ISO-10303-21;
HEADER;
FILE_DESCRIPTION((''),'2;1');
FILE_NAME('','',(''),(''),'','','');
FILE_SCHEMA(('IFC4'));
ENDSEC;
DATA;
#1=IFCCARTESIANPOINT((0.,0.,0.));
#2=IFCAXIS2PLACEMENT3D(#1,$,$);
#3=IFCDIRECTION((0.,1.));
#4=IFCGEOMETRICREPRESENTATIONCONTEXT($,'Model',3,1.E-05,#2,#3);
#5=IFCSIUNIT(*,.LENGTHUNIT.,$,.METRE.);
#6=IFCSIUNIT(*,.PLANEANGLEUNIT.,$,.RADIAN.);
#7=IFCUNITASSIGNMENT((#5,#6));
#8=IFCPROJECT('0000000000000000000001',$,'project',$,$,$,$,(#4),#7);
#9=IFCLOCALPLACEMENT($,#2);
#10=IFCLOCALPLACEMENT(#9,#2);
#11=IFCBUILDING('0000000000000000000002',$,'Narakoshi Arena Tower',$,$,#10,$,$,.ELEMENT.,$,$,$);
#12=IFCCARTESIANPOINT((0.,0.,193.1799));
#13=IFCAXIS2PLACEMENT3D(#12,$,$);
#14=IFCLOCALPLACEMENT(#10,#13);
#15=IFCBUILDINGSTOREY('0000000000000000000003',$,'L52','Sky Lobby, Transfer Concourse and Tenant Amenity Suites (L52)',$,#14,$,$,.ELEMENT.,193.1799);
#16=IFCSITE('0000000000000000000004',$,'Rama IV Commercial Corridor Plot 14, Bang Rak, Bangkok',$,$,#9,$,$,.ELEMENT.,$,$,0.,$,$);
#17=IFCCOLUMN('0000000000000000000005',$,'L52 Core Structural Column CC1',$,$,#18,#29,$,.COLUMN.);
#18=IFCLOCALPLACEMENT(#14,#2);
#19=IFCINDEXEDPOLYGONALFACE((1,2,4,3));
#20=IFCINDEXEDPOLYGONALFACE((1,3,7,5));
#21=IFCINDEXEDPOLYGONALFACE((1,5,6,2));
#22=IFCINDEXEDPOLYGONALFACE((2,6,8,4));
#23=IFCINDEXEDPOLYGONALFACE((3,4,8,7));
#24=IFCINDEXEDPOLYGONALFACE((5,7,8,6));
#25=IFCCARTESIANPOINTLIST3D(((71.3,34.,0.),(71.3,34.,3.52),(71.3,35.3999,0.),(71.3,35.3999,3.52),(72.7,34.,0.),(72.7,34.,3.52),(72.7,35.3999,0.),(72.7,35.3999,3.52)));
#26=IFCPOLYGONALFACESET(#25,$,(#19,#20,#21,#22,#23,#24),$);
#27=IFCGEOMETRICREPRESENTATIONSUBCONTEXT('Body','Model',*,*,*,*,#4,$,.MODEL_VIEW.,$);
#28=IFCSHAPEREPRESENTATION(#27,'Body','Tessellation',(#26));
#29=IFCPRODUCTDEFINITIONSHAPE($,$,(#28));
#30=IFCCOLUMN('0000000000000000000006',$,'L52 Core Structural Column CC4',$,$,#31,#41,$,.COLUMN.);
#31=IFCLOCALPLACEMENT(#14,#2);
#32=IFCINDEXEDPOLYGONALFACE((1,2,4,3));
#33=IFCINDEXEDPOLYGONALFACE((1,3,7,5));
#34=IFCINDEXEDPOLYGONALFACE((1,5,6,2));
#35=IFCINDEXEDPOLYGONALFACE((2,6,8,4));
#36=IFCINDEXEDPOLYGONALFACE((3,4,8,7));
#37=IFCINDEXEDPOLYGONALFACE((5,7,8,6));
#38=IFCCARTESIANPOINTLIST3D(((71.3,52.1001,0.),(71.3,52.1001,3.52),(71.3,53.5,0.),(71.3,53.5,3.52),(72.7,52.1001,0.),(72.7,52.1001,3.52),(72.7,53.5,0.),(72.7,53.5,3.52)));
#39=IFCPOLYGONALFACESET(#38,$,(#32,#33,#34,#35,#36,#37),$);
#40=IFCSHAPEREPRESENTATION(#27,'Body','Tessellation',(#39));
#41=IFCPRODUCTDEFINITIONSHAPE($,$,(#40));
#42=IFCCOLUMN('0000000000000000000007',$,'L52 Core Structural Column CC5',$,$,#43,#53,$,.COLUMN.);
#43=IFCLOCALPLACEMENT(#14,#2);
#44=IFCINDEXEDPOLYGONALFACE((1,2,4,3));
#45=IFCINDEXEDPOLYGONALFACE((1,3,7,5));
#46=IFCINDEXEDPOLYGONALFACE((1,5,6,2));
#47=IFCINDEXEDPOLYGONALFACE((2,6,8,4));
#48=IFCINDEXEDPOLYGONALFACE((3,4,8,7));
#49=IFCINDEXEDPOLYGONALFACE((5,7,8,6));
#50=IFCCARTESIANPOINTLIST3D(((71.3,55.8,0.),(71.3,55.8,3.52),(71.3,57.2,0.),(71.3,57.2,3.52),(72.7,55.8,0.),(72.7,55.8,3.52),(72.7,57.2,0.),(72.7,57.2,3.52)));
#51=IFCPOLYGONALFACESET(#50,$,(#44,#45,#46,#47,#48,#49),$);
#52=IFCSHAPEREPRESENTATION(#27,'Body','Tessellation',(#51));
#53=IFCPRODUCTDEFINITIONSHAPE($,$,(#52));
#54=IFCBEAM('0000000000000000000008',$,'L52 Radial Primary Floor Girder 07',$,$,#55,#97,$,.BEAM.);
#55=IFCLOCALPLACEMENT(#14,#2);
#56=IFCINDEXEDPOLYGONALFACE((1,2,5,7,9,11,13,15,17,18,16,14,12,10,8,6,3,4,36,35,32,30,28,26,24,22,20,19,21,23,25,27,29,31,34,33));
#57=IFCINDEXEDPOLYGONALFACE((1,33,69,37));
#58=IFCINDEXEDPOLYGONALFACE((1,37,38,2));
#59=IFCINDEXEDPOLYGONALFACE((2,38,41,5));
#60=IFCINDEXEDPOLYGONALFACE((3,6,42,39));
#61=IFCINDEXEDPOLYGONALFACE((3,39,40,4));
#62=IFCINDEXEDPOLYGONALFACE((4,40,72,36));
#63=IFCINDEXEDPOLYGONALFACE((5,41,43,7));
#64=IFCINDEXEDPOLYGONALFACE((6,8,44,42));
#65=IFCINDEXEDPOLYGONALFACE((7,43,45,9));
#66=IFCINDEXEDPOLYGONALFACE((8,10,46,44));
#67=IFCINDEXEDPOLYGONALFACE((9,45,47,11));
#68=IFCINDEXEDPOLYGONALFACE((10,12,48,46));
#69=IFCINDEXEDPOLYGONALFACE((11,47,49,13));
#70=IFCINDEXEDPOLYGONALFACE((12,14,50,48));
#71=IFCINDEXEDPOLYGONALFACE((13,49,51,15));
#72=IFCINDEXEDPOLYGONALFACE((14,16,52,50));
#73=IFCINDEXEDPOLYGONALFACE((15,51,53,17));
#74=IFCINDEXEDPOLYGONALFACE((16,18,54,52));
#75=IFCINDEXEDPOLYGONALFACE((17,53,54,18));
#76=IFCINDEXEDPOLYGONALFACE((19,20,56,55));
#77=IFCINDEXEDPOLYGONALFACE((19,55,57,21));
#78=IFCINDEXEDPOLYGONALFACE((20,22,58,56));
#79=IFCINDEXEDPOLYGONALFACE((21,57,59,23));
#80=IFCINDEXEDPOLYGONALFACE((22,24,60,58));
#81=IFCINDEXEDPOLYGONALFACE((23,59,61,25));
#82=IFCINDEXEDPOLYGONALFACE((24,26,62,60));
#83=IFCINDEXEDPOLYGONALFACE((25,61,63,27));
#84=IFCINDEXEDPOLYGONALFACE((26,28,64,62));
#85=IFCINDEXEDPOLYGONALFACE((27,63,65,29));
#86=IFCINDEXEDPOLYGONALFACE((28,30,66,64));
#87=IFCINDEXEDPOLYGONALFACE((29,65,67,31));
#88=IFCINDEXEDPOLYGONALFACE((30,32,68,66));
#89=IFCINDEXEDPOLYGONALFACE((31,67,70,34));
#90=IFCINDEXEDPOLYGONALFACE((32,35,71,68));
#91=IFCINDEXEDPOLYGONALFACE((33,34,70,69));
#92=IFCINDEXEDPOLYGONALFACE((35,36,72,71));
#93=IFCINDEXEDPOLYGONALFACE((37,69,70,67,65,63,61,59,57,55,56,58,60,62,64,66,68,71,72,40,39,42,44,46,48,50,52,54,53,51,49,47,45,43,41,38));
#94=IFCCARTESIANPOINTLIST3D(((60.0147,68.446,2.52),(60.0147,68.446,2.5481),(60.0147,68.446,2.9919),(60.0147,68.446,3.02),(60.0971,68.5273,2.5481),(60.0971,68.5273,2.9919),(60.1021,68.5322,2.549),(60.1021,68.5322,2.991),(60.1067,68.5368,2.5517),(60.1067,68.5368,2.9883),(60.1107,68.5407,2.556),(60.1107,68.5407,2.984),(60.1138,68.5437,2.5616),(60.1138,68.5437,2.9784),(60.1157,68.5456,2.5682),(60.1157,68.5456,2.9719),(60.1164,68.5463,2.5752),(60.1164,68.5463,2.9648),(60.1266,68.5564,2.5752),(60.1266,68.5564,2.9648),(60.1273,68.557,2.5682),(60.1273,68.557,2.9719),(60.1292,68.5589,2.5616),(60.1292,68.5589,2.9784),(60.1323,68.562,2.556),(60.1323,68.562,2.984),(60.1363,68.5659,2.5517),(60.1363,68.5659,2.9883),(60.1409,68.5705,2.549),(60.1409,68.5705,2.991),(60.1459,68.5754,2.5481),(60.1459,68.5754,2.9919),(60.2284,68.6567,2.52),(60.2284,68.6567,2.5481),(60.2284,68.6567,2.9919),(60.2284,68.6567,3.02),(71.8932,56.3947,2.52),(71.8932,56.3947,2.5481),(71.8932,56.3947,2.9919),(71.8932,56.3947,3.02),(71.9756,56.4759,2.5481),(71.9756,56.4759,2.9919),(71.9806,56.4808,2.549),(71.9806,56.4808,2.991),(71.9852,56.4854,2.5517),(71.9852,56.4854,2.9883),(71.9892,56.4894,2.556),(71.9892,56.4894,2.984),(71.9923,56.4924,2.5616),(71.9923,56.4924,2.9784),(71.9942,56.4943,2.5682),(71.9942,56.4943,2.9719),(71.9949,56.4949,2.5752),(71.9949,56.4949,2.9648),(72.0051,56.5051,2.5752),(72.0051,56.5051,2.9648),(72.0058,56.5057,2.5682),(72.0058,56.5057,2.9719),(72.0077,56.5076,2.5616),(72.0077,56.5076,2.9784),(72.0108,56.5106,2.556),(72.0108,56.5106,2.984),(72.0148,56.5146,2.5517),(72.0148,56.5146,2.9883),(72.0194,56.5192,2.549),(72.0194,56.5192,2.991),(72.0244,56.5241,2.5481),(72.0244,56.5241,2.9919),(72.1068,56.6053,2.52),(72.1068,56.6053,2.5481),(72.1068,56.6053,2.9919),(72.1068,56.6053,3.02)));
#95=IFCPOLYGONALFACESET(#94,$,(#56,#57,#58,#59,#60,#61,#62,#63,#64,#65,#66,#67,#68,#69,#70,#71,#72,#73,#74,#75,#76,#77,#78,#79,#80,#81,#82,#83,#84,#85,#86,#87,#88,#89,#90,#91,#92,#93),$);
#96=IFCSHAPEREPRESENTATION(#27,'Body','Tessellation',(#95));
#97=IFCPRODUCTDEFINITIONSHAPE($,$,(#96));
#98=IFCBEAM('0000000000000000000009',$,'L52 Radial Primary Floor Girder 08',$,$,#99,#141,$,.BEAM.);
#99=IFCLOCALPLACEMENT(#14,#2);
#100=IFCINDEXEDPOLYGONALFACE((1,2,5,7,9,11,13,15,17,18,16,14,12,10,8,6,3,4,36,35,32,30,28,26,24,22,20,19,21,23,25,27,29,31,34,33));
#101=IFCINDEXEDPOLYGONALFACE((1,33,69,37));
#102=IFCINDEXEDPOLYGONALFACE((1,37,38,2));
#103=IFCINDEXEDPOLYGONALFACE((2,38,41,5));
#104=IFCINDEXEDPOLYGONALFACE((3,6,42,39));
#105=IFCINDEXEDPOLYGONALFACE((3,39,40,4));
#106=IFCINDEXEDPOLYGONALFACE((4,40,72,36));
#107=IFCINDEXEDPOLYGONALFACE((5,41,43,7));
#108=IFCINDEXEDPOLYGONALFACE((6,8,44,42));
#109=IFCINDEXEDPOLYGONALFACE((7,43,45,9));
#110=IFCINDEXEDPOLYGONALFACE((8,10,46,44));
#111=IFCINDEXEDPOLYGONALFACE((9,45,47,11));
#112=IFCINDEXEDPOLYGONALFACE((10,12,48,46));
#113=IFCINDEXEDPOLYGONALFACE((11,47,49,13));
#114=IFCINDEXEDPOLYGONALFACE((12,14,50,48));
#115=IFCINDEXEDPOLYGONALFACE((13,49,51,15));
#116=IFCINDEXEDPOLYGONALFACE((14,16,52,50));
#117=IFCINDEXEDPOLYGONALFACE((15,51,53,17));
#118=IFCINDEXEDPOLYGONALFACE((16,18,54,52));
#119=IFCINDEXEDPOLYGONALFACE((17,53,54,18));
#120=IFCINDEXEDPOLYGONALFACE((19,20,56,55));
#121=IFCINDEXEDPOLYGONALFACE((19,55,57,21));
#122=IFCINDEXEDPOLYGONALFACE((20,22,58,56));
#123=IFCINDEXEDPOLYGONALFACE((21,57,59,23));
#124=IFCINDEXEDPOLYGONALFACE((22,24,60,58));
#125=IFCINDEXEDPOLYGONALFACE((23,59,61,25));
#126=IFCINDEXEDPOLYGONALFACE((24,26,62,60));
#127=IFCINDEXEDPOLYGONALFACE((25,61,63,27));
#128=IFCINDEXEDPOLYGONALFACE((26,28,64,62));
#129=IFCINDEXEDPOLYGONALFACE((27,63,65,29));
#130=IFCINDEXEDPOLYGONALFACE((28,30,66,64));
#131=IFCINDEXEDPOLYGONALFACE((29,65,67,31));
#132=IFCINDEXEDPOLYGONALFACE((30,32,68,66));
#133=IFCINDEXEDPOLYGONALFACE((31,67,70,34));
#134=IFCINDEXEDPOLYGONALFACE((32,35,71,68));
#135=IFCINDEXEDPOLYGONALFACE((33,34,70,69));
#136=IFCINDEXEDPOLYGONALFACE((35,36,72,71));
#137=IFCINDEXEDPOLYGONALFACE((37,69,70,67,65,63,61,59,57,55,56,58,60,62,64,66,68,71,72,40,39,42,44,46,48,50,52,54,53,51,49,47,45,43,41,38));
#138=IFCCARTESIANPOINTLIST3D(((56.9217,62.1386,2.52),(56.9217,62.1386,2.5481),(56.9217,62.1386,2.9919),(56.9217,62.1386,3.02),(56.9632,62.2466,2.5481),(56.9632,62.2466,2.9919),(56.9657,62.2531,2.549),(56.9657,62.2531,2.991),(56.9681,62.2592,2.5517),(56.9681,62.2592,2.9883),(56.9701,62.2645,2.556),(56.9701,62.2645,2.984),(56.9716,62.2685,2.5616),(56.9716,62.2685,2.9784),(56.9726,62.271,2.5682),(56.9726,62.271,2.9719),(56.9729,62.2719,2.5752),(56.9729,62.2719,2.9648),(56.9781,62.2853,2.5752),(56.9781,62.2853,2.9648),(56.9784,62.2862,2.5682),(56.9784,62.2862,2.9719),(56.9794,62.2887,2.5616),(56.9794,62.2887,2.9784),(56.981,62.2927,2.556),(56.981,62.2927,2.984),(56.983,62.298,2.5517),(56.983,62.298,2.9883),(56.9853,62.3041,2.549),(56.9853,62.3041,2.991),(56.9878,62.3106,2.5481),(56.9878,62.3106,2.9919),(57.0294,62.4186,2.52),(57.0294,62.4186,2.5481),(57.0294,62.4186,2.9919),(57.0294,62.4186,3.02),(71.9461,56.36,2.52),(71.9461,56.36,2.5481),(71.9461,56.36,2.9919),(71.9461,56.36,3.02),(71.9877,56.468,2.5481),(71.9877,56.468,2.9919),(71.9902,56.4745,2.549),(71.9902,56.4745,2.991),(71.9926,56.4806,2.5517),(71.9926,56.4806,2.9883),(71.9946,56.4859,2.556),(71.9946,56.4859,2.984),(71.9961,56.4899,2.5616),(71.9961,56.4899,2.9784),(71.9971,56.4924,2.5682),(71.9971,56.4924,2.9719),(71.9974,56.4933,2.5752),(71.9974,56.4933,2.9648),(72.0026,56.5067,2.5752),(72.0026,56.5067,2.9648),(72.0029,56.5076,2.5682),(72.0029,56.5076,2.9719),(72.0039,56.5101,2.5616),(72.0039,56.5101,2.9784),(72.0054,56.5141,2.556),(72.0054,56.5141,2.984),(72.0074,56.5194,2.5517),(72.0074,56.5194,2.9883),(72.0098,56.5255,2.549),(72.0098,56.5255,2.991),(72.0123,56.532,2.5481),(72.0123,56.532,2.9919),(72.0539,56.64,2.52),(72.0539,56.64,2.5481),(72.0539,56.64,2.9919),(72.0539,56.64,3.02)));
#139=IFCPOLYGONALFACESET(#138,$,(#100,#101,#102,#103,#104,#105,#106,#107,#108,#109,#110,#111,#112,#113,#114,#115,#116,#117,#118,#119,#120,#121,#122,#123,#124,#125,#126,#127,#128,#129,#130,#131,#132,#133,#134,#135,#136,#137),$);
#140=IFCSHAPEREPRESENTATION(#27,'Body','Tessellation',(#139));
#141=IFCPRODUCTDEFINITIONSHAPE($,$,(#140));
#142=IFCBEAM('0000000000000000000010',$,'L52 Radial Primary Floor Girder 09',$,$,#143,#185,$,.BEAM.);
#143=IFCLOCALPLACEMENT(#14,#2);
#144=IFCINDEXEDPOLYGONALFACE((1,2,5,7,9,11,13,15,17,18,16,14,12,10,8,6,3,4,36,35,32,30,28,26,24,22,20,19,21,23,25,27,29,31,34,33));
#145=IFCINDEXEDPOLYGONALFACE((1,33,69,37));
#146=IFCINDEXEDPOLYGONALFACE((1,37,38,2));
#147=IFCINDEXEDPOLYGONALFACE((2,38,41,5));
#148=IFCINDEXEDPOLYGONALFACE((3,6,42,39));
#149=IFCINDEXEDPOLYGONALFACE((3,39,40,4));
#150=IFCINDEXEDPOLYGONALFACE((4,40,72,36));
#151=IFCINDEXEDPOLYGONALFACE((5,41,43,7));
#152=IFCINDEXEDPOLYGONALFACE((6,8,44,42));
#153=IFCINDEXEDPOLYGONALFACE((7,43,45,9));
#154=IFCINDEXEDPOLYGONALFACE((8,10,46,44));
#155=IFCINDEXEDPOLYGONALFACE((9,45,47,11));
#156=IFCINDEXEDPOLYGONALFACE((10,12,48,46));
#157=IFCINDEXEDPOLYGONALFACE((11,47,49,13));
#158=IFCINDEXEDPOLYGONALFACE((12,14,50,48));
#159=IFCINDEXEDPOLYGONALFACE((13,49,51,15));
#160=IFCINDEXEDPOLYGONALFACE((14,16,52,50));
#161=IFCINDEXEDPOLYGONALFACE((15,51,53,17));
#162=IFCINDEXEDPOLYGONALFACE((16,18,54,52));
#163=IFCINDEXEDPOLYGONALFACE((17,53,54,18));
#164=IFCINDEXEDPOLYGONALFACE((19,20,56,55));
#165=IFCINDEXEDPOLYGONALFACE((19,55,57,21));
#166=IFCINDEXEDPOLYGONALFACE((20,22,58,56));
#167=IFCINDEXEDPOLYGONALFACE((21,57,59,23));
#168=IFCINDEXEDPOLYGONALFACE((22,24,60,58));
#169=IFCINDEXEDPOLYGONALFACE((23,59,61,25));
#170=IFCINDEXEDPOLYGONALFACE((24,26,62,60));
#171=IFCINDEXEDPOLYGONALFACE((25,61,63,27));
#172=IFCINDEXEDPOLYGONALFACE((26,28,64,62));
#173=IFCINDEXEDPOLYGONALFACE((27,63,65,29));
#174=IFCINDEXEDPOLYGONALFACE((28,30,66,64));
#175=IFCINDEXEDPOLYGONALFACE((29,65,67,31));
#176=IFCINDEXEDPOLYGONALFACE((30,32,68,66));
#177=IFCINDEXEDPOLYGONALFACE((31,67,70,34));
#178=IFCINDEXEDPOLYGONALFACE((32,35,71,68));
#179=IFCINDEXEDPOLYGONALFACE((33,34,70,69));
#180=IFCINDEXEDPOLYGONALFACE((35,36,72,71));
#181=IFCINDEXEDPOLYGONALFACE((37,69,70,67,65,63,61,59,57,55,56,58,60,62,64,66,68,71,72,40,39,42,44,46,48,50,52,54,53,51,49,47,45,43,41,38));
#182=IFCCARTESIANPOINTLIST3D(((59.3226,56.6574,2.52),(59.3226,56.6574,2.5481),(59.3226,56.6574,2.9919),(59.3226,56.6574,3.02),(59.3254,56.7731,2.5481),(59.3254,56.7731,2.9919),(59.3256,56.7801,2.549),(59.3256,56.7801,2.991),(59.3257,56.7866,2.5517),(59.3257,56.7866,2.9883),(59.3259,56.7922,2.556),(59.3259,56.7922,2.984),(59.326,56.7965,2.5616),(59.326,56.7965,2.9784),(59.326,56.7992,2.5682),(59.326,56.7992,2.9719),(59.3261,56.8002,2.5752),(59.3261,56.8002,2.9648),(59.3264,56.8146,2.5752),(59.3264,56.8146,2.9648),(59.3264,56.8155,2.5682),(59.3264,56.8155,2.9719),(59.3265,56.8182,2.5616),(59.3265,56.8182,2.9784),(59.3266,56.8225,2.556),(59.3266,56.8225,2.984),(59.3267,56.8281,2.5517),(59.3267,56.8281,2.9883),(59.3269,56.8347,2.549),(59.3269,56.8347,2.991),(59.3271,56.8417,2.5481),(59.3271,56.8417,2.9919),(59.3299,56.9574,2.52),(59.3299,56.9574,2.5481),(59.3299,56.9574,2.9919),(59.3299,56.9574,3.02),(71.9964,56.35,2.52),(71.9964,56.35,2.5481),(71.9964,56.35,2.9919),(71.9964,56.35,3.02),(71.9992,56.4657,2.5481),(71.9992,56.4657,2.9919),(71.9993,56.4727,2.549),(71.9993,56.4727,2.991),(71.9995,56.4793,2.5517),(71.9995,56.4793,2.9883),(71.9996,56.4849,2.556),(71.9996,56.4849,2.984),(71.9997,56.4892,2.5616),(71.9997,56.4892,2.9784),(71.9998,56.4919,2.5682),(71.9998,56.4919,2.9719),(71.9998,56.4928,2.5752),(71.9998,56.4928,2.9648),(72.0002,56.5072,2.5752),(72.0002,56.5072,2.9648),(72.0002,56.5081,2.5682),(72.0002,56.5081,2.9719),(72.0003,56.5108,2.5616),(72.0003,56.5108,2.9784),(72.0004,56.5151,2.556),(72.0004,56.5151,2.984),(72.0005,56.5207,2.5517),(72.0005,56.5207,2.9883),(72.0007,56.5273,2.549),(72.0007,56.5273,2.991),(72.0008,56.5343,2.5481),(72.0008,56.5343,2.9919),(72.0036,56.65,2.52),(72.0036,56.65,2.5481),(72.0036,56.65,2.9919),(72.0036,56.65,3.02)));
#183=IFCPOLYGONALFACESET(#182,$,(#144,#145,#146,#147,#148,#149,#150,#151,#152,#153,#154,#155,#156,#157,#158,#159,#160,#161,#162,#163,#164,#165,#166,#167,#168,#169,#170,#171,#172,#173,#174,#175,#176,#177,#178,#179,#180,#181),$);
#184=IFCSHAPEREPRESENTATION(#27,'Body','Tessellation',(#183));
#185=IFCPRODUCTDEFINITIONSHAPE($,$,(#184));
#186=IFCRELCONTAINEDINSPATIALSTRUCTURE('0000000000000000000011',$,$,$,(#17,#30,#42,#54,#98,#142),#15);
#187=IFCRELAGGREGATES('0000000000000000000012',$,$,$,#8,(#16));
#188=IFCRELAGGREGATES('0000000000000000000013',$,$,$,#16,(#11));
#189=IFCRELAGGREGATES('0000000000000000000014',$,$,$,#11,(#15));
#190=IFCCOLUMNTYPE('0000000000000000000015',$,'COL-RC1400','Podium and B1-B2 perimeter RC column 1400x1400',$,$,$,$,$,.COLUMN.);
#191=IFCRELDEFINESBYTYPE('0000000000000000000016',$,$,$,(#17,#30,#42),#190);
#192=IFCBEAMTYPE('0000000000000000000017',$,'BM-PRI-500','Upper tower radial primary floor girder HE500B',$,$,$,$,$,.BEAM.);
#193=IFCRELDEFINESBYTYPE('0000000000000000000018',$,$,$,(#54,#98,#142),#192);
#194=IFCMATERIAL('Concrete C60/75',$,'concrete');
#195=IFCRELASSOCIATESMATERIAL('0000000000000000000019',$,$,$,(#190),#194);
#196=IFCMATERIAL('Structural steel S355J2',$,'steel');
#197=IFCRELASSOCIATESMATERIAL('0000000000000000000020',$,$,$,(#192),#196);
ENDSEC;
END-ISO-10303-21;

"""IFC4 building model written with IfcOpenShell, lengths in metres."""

from ifc_helpers import new_model, si_unit, direction, frame, origin, origin_2d, place, context, subcontext, project, spatial, rectangle, i_section, extrude, material, material_profile, profile_set, type_object, element, save


model = new_model("IFC4")

# Units and contexts
model_context = context("Model", 3, precision=1e-05, world=origin(), true_north=direction((0.0, 1.0)))
body_context = subcontext(model_context, "Body", "Model", "MODEL_VIEW")
ifc_project = project(units=[si_unit("LENGTHUNIT", "METRE"), si_unit("PLANEANGLEUNIT", "RADIAN")], contexts=[model_context])

# Site, building, storey
site_placement = place(None, origin())
site = spatial("IfcSite", under=ifc_project, at=site_placement, Name="Rama IV Commercial Corridor Plot 14, Bang Rak, Bangkok", CompositionType="ELEMENT", RefElevation=0.0)
building_placement = place(site_placement, origin())
building = spatial("IfcBuilding", under=site, at=building_placement, Name="Narakoshi Arena Tower", CompositionType="ELEMENT")
storey_placement = place(building_placement, frame((0.0, 0.0, 193.1799)))
storey = spatial("IfcBuildingStorey", under=building, at=storey_placement, Name="L52", Description="Sky Lobby, Transfer Concourse and Tenant Amenity Suites (L52)", CompositionType="ELEMENT", Elevation=193.1799)

# Columns
ifc_material_1 = material(Name="Concrete C60/75", Category="concrete")
ifc_material_profile_1 = material_profile(ifc_material_1, rectangle(XDim=1.3999, YDim=1.3999, at=origin_2d()), Name="RC1400x1400")
ifc_profile_set_1 = profile_set([ifc_material_profile_1], Name="Concrete C60/75")
column_type = type_object("IfcColumnType", Name="COL-RC1400", Description="Podium and B1-B2 perimeter RC column 1400x1400", PredefinedType="COLUMN", material=ifc_profile_set_1)
for number, where, z_axis, x_axis, name in (
    (1, (72.0, 34.7, 0.0), (0.0, 0.0, 1.0), (1.0, 0.0, 0.0), "L52 Core Structural Column CC1"),
    (2, (72.0, 52.8, 0.0), (0.0, 0.0, 1.0), (1.0, 0.0, 0.0), "L52 Core Structural Column CC4"),
    (3, (72.0, 56.5, 0.0), (0.0, 0.0, 1.0), (1.0, 0.0, 0.0), "L52 Core Structural Column CC5"),
):
    element("IfcColumn", number, at=place(storey_placement, frame(where, z_axis=z_axis, x_axis=x_axis)), inside=storey, type_object=column_type, Name=name, PredefinedType="COLUMN", context=body_context, shape_type="SweptSolid", body=[
        extrude(rectangle(XDim=1.3999, YDim=1.3999, at=origin_2d()), origin(), (0.0, 0.0, 1.0), 3.52),
    ])

# Beams
ifc_material_2 = material(Name="Structural steel S355J2", Category="steel")
ifc_material_profile_2 = material_profile(ifc_material_2, i_section(OverallWidth=0.3, OverallDepth=0.5, WebThickness=0.0144, FlangeThickness=0.0281, FilletRadius=0.0271, at=origin_2d()), Name="HE500B")
ifc_profile_set_2 = profile_set([ifc_material_profile_2], Name="Structural steel S355J2")
beam_type_1 = type_object("IfcBeamType", Name="BM-PRI-500", Description="Upper tower radial primary floor girder HE500B", PredefinedType="BEAM", material=ifc_profile_set_2)
beam_1_placement = place(storey_placement, frame((72.0, 56.5, 2.77), z_axis=(-0.701981, 0.712196, 0.0), x_axis=(-0.712196, -0.701981, 0.0)))
element("IfcBeam", 4, at=beam_1_placement, inside=storey, type_object=beam_type_1, Name="L52 Radial Primary Floor Girder 07", PredefinedType="BEAM", context=body_context, shape_type="SweptSolid", body=[
    extrude(i_section(OverallWidth=0.3, OverallDepth=0.5, WebThickness=0.0144, FlangeThickness=0.0281, FilletRadius=0.0271, at=origin_2d()), origin(), (0.0, 0.0, 1.0), 16.9214),
])
beam_2_placement = place(storey_placement, frame((72.0, 56.5, 2.77), z_axis=(-0.933347, 0.358976, 0.0), x_axis=(-0.358976, -0.933347, 0.0)))
element("IfcBeam", 5, at=beam_2_placement, inside=storey, type_object=beam_type_1, Name="L52 Radial Primary Floor Girder 08", PredefinedType="BEAM", context=body_context, shape_type="SweptSolid", body=[
    extrude(i_section(OverallWidth=0.3, OverallDepth=0.5, WebThickness=0.0144, FlangeThickness=0.0281, FilletRadius=0.0271, at=origin_2d()), origin(), (0.0, 0.0, 1.0), 16.0974),
])
beam_3_placement = place(storey_placement, frame((72.0, 56.5, 2.77), z_axis=(-0.999706, 0.024245, 0.0), x_axis=(-0.024245, -0.999706, 0.0)))
element("IfcBeam", 6, at=beam_3_placement, inside=storey, type_object=beam_type_1, Name="L52 Radial Primary Floor Girder 09", PredefinedType="BEAM", context=body_context, shape_type="SweptSolid", body=[
    extrude(i_section(OverallWidth=0.3, OverallDepth=0.5, WebThickness=0.0144, FlangeThickness=0.0281, FilletRadius=0.0271, at=origin_2d()), origin(), (0.0, 0.0, 1.0), 12.6775),
])

save(model, "model.ifc")
